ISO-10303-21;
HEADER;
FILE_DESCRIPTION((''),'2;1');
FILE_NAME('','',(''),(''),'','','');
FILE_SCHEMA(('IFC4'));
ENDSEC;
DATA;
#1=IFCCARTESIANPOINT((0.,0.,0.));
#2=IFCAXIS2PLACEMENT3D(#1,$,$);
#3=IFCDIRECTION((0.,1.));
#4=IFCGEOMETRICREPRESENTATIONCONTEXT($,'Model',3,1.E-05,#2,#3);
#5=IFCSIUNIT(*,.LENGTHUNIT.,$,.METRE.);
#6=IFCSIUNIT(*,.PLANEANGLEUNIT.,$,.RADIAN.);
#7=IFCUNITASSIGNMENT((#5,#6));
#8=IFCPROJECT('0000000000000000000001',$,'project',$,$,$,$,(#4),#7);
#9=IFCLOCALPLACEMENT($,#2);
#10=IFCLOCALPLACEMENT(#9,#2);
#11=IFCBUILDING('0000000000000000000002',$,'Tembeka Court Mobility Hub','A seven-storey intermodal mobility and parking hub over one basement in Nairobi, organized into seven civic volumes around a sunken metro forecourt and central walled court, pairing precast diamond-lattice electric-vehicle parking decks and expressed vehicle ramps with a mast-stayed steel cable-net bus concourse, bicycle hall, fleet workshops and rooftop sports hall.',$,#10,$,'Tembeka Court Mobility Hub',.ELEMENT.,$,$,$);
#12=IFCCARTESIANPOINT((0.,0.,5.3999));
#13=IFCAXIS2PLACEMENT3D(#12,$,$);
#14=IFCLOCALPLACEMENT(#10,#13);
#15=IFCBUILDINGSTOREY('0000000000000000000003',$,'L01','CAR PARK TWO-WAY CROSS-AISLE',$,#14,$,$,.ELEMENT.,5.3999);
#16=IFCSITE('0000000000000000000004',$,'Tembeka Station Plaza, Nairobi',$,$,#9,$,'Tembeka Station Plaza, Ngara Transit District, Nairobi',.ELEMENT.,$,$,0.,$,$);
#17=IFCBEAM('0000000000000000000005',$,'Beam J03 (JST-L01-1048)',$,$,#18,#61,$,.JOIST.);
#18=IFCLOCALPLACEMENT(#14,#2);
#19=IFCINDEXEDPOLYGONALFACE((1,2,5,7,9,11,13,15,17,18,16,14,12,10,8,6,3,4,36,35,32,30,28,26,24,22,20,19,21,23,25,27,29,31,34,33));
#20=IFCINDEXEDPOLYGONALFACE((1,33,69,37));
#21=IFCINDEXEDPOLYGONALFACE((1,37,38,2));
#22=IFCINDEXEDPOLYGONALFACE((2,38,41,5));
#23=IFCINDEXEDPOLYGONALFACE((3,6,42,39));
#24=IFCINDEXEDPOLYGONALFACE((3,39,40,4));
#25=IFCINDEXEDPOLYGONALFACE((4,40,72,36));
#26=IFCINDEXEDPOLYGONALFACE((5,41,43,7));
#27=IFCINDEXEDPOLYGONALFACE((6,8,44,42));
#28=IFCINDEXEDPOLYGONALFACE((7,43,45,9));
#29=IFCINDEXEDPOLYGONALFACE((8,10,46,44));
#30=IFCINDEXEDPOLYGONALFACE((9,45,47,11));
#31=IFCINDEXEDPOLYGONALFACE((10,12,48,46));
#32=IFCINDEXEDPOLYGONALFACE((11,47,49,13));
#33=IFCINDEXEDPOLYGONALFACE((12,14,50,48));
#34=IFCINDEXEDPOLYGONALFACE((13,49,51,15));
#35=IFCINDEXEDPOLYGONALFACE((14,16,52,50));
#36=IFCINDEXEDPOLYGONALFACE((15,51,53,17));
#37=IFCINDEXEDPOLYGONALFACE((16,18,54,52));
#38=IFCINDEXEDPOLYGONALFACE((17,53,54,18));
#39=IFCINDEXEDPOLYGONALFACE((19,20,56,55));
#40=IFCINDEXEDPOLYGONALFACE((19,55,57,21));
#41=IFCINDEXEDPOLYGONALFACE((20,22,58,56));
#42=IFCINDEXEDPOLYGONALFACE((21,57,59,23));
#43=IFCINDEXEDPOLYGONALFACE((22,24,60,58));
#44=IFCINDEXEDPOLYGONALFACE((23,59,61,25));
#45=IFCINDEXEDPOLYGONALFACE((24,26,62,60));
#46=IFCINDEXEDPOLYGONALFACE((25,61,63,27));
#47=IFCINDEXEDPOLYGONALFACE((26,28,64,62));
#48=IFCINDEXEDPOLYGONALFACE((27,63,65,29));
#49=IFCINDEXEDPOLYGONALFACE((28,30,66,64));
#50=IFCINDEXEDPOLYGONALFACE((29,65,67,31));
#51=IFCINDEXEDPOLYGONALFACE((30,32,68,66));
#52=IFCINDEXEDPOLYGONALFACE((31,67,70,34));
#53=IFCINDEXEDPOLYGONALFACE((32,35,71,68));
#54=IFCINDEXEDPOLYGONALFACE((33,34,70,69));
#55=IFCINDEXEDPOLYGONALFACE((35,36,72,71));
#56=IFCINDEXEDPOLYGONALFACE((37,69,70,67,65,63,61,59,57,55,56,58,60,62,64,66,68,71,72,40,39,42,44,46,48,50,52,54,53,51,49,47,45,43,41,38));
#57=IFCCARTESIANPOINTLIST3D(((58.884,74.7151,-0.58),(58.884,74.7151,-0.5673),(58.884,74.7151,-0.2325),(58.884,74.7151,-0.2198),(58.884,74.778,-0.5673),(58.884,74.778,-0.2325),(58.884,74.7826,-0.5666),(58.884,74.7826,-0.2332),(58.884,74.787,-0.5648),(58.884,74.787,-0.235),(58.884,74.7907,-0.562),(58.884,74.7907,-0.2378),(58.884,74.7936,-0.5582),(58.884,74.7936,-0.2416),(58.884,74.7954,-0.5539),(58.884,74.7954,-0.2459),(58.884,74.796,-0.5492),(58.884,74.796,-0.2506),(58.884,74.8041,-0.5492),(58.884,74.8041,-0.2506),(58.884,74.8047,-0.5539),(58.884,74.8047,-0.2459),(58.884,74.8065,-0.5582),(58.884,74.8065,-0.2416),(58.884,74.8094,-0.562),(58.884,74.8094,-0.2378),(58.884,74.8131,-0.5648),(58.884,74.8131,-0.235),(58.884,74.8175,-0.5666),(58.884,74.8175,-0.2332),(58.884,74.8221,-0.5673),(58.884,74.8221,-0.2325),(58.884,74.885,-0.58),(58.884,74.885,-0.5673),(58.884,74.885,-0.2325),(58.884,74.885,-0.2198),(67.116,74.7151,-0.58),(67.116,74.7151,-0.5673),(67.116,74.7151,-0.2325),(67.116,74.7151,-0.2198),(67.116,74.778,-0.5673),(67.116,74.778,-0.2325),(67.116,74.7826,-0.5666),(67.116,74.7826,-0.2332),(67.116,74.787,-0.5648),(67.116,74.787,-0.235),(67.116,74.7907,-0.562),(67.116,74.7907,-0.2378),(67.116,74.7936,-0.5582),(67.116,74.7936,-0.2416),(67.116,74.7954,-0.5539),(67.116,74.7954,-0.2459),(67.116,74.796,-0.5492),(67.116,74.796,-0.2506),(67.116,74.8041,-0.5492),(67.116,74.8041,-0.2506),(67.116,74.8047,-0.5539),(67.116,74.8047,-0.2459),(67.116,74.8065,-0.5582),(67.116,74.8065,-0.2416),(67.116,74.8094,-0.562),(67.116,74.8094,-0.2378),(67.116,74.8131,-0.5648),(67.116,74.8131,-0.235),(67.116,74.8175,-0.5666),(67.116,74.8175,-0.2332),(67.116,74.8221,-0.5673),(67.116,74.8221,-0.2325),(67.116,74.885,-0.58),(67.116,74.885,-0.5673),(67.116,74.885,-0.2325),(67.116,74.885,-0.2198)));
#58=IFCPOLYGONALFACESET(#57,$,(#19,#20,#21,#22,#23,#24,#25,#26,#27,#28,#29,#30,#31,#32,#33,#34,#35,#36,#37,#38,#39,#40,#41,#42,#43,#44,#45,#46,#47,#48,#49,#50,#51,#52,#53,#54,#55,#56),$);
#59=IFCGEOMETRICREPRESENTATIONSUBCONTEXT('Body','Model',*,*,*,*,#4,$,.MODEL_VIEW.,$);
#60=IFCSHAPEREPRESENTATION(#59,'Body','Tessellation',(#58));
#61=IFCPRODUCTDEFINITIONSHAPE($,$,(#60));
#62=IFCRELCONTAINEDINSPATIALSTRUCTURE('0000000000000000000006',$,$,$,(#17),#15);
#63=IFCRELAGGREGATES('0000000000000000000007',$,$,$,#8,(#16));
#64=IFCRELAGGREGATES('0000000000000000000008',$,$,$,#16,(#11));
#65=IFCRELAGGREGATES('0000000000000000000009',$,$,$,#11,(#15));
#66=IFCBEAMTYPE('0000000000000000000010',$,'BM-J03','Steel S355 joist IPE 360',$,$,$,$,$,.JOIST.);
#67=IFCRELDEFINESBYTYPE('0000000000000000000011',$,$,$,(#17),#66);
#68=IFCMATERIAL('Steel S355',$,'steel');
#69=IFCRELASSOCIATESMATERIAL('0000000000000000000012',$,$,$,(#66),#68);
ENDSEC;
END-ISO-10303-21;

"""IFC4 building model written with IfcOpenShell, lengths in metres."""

from ifc_helpers import new_model, si_unit, direction, frame, origin, origin_2d, place, context, subcontext, project, spatial, i_section, extrude, material, material_profile, profile_set, type_object, element, save


model = new_model("IFC4")

# Units and contexts
model_context = context("Model", 3, precision=1e-05, world=origin(), true_north=direction((0.0, 1.0)))
body_context = subcontext(model_context, "Body", "Model", "MODEL_VIEW")
ifc_project = project(units=[si_unit("LENGTHUNIT", "METRE"), si_unit("PLANEANGLEUNIT", "RADIAN")], contexts=[model_context])

# Site, building, storey
site_placement = place(None, origin())
site = spatial("IfcSite", under=ifc_project, at=site_placement, Name="Tembeka Station Plaza, Nairobi", LongName="Tembeka Station Plaza, Ngara Transit District, Nairobi", CompositionType="ELEMENT", RefElevation=0.0)
building_placement = place(site_placement, origin())
building = spatial("IfcBuilding", under=site, at=building_placement, Name="Tembeka Court Mobility Hub", Description="A seven-storey intermodal mobility and parking hub over one basement in Nairobi, organized into seven civic volumes around a sunken metro forecourt and central walled court, pairing precast diamond-lattice electric-vehicle parking decks and expressed vehicle ramps with a mast-stayed steel cable-net bus concourse, bicycle hall, fleet workshops and rooftop sports hall.", LongName="Tembeka Court Mobility Hub", CompositionType="ELEMENT")
storey_placement = place(building_placement, frame((0.0, 0.0, 5.3999)))
storey = spatial("IfcBuildingStorey", under=building, at=storey_placement, Name="L01", Description="CAR PARK TWO-WAY CROSS-AISLE", CompositionType="ELEMENT", Elevation=5.3999)

# Shared definitions
ifc_material = material(Name="Steel S355", Category="steel")

# Beam
ifc_material_profile_1 = material_profile(ifc_material, i_section(OverallWidth=0.1699, OverallDepth=0.3601, WebThickness=0.0081, FlangeThickness=0.0127, FilletRadius=0.0181, at=origin_2d()), Name="IPE 360")
ifc_profile_set_1 = profile_set([ifc_material_profile_1], Name="Steel S355")
beam_type_1 = type_object("IfcBeamType", Name="BM-J03", Description="Steel S355 joist IPE 360", PredefinedType="JOIST", material=ifc_profile_set_1)
beam_1_placement = place(storey_placement, frame((58.884, 74.8, -0.3999), z_axis=(1.0, 0.0, 0.0), x_axis=(0.0, 1.0, 0.0)))
element("IfcBeam", 1, at=beam_1_placement, inside=storey, type_object=beam_type_1, Name="Beam J03 (JST-L01-1048)", PredefinedType="JOIST", context=body_context, shape_type="SweptSolid", body=[
    extrude(i_section(OverallWidth=0.1699, OverallDepth=0.3601, WebThickness=0.0081, FlangeThickness=0.0127, FilletRadius=0.0181, at=origin_2d()), origin(), (0.0, 0.0, 1.0), 8.2319),
])

save(model, "model.ifc")
